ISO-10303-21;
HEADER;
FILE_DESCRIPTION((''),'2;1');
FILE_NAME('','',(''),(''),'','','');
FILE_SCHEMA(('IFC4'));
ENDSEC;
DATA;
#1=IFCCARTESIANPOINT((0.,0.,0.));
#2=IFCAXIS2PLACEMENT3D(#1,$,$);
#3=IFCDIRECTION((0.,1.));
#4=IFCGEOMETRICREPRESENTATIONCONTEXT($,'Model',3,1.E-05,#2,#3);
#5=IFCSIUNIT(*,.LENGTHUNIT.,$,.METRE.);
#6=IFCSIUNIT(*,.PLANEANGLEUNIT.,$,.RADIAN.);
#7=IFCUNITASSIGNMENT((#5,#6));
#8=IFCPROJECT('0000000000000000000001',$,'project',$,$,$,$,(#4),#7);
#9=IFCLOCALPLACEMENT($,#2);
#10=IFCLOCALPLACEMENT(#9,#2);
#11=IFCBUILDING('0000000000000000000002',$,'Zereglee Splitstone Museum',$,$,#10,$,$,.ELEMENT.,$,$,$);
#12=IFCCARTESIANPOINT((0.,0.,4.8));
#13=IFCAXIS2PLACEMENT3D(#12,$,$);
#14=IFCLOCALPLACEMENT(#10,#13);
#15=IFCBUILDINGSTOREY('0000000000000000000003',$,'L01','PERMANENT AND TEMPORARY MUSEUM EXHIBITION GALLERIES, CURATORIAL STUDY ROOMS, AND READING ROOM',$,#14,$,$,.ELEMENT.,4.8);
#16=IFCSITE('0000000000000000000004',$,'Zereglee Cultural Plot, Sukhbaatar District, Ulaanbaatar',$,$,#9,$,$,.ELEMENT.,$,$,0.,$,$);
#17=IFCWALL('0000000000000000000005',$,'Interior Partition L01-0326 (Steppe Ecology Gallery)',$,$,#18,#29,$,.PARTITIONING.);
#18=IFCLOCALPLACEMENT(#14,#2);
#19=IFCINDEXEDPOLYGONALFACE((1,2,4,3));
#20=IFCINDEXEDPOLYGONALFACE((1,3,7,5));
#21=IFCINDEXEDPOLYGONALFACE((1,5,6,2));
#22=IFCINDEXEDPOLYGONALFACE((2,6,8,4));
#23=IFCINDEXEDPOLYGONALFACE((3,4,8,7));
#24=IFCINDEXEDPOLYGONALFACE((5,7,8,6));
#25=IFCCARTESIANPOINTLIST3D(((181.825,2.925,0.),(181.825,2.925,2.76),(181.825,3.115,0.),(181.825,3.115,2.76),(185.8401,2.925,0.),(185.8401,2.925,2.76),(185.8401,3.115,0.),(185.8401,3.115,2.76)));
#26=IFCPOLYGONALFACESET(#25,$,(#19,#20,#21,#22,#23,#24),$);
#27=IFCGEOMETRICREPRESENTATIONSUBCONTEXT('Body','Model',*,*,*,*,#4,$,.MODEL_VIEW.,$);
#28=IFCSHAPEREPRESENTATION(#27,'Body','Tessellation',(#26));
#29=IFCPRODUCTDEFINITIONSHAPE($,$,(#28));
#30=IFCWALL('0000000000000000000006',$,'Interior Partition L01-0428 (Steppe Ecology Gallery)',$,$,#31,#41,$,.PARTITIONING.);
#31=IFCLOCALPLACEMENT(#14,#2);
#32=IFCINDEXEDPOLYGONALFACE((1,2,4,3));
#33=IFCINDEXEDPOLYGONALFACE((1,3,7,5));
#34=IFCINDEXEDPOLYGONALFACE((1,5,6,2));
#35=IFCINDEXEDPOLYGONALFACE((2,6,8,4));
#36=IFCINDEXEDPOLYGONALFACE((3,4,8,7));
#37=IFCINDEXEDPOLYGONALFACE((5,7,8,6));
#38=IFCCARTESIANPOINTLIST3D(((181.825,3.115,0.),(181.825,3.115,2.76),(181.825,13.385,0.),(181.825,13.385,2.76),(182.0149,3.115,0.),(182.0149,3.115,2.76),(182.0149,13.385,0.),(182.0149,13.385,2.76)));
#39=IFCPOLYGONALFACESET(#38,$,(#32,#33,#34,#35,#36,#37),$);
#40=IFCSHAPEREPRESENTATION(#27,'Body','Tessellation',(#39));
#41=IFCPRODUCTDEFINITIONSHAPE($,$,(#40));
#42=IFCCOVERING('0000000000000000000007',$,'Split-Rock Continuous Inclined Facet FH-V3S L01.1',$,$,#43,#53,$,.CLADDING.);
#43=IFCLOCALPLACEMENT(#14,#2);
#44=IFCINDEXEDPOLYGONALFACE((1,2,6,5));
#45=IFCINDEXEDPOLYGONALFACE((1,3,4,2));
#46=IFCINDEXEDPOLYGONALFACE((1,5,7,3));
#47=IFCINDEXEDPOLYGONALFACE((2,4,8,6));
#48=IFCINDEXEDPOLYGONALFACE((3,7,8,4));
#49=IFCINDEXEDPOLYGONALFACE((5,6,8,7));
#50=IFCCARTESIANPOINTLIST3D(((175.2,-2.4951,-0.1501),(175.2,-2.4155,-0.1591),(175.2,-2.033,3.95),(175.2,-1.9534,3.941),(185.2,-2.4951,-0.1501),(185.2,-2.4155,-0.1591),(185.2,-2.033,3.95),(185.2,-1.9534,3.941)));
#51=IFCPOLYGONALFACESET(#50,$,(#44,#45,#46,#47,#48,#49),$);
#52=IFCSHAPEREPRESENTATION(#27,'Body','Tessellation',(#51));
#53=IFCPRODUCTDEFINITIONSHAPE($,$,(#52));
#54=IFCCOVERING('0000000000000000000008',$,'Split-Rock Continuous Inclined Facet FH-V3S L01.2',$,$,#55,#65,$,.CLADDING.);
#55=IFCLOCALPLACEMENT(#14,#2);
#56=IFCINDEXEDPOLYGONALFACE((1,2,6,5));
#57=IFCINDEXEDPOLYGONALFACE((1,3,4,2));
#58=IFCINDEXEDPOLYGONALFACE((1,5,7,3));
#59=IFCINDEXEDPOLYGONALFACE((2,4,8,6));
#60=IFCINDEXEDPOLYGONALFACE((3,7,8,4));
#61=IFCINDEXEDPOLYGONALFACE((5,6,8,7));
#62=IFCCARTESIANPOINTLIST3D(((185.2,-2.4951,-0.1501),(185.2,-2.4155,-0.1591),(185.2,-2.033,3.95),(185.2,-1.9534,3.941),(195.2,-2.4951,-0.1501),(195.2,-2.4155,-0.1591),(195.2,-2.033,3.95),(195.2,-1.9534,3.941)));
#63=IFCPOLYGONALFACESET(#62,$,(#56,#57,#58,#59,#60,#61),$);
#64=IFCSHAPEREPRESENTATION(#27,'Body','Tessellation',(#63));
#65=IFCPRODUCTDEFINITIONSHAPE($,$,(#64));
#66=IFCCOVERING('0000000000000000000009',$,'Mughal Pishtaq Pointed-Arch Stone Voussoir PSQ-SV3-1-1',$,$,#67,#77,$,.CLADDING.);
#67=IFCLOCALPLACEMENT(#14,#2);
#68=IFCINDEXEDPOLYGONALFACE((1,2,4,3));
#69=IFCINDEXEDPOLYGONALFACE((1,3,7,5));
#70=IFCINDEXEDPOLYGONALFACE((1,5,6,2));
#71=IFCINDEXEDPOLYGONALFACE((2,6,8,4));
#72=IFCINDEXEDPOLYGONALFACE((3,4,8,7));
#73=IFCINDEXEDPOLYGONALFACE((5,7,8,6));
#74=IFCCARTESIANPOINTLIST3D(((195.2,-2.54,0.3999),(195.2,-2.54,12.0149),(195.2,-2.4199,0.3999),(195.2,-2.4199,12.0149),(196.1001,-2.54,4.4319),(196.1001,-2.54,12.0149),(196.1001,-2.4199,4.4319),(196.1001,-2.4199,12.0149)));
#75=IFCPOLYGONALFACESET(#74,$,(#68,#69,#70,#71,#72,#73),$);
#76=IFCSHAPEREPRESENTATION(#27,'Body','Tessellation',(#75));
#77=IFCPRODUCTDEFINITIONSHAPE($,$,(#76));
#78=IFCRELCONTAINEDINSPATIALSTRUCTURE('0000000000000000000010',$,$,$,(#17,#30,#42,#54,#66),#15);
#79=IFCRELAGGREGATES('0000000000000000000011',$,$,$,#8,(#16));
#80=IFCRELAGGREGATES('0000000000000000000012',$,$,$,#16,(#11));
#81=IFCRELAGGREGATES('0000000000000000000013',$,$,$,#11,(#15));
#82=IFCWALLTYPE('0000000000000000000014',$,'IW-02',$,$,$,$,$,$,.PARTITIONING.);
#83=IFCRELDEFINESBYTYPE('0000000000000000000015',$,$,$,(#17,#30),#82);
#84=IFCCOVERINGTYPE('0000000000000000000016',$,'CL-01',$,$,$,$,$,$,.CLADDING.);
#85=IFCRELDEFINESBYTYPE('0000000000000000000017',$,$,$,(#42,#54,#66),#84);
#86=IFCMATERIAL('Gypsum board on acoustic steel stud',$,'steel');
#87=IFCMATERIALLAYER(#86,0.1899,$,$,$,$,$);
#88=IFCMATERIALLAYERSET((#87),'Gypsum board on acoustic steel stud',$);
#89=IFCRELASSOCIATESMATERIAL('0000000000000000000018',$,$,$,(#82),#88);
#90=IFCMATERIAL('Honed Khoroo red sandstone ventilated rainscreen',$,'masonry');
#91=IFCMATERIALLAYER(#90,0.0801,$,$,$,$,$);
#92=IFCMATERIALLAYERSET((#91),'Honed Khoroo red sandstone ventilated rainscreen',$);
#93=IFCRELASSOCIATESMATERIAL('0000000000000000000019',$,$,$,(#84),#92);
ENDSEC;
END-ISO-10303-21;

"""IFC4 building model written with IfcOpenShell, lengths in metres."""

from ifc_helpers import new_model, si_unit, direction, frame, frame_2d, origin, place, context, subcontext, project, spatial, polyline, rectangle, outline, extrude, material, layer, layer_set, type_object, element, save


model = new_model("IFC4")

# Units and contexts
model_context = context("Model", 3, precision=1e-05, world=origin(), true_north=direction((0.0, 1.0)))
body_context = subcontext(model_context, "Body", "Model", "MODEL_VIEW")
ifc_project = project(units=[si_unit("LENGTHUNIT", "METRE"), si_unit("PLANEANGLEUNIT", "RADIAN")], contexts=[model_context])

# Site, building, storey
site_placement = place(None, origin())
site = spatial("IfcSite", under=ifc_project, at=site_placement, Name="Zereglee Cultural Plot, Sukhbaatar District, Ulaanbaatar", CompositionType="ELEMENT", RefElevation=0.0)
building_placement = place(site_placement, origin())
building = spatial("IfcBuilding", under=site, at=building_placement, Name="Zereglee Splitstone Museum", CompositionType="ELEMENT")
storey_placement = place(building_placement, frame((0.0, 0.0, 4.8)))
storey = spatial("IfcBuildingStorey", under=building, at=storey_placement, Name="L01", Description="PERMANENT AND TEMPORARY MUSEUM EXHIBITION GALLERIES, CURATORIAL STUDY ROOMS, AND READING ROOM", CompositionType="ELEMENT", Elevation=4.8)

# Walls
ifc_material_1 = material(Name="Gypsum board on acoustic steel stud", Category="steel")
ifc_layer_1 = layer(ifc_material_1, 0.1899)
ifc_layer_set_1 = layer_set([ifc_layer_1], Name="Gypsum board on acoustic steel stud")
wall_type_1 = type_object("IfcWallType", Name="IW-02", PredefinedType="PARTITIONING", material=ifc_layer_set_1)
wall_1_placement = place(storey_placement, frame((181.825, 3.02, 0.0), z_axis=(0.0, 0.0, 1.0), x_axis=(1.0, 0.0, 0.0)))
element("IfcWall", 1, at=wall_1_placement, inside=storey, type_object=wall_type_1, Name="Interior Partition L01-0326 (Steppe Ecology Gallery)", PredefinedType="PARTITIONING", context=body_context, shape_type="SweptSolid", body=[
    extrude(rectangle(XDim=4.0151, YDim=0.1899, at=frame_2d((2.0076, 0.0))), origin(), (0.0, 0.0, 1.0), 2.76),
])
wall_2_placement = place(storey_placement, frame((181.9199, 3.115, 0.0), z_axis=(0.0, 0.0, 1.0), x_axis=(0.0, 1.0, 0.0)))
element("IfcWall", 2, at=wall_2_placement, inside=storey, type_object=wall_type_1, Name="Interior Partition L01-0428 (Steppe Ecology Gallery)", PredefinedType="PARTITIONING", context=body_context, shape_type="SweptSolid", body=[
    extrude(rectangle(XDim=10.27, YDim=0.1899, at=frame_2d((5.135, 0.0))), origin(), (0.0, 0.0, 1.0), 2.76),
])

# Coverings
ifc_material_2 = material(Name="Honed Khoroo red sandstone ventilated rainscreen", Category="masonry")
ifc_layer_2 = layer(ifc_material_2, 0.0801)
ifc_layer_set_2 = layer_set([ifc_layer_2], Name="Honed Khoroo red sandstone ventilated rainscreen")
covering_type = type_object("IfcCoveringType", Name="CL-01", PredefinedType="CLADDING", material=ifc_layer_set_2)
for number, where, z_axis, x_axis, name in (
    (3, (175.2, -2.4951, -0.1501), (0.0, -0.993707, 0.11201), (1.0, 0.0, 0.0), "Split-Rock Continuous Inclined Facet FH-V3S L01.1"),
    (4, (185.2, -2.4951, -0.1501), (0.0, -0.993707, 0.11201), (1.0, 0.0, 0.0), "Split-Rock Continuous Inclined Facet FH-V3S L01.2"),
):
    element("IfcCovering", number, at=place(storey_placement, frame(where, z_axis=z_axis, x_axis=x_axis)), inside=storey, type_object=covering_type, Name=name, PredefinedType="CLADDING", context=body_context, shape_type="SweptSolid", body=[
        extrude(outline(polyline([(0.0, 0.0), (10.0, 0.0), (10.0, 4.1261), (0.0, 4.1261), (0.0, 0.0)])), origin(), (0.0, 0.0, -1.0), 0.0801),
    ])
covering_placement = place(storey_placement, frame((195.2, -2.54, 0.3999), z_axis=(0.0, -1.0, 0.0), x_axis=(0.217888, 0.0, 0.975974)))
element("IfcCovering", 5, at=covering_placement, inside=storey, type_object=covering_type, Name="Mughal Pishtaq Pointed-Arch Stone Voussoir PSQ-SV3-1-1", PredefinedType="CLADDING", context=body_context, shape_type="SweptSolid", body=[
    extrude(outline(polyline([(0.0, 0.0), (4.1312, 0.0), (11.5321, 1.6522), (11.3359, 2.5308), (0.0, 0.0)])), origin(), (0.0, 0.0, -1.0), 0.1201),
])

save(model, "model.ifc")
